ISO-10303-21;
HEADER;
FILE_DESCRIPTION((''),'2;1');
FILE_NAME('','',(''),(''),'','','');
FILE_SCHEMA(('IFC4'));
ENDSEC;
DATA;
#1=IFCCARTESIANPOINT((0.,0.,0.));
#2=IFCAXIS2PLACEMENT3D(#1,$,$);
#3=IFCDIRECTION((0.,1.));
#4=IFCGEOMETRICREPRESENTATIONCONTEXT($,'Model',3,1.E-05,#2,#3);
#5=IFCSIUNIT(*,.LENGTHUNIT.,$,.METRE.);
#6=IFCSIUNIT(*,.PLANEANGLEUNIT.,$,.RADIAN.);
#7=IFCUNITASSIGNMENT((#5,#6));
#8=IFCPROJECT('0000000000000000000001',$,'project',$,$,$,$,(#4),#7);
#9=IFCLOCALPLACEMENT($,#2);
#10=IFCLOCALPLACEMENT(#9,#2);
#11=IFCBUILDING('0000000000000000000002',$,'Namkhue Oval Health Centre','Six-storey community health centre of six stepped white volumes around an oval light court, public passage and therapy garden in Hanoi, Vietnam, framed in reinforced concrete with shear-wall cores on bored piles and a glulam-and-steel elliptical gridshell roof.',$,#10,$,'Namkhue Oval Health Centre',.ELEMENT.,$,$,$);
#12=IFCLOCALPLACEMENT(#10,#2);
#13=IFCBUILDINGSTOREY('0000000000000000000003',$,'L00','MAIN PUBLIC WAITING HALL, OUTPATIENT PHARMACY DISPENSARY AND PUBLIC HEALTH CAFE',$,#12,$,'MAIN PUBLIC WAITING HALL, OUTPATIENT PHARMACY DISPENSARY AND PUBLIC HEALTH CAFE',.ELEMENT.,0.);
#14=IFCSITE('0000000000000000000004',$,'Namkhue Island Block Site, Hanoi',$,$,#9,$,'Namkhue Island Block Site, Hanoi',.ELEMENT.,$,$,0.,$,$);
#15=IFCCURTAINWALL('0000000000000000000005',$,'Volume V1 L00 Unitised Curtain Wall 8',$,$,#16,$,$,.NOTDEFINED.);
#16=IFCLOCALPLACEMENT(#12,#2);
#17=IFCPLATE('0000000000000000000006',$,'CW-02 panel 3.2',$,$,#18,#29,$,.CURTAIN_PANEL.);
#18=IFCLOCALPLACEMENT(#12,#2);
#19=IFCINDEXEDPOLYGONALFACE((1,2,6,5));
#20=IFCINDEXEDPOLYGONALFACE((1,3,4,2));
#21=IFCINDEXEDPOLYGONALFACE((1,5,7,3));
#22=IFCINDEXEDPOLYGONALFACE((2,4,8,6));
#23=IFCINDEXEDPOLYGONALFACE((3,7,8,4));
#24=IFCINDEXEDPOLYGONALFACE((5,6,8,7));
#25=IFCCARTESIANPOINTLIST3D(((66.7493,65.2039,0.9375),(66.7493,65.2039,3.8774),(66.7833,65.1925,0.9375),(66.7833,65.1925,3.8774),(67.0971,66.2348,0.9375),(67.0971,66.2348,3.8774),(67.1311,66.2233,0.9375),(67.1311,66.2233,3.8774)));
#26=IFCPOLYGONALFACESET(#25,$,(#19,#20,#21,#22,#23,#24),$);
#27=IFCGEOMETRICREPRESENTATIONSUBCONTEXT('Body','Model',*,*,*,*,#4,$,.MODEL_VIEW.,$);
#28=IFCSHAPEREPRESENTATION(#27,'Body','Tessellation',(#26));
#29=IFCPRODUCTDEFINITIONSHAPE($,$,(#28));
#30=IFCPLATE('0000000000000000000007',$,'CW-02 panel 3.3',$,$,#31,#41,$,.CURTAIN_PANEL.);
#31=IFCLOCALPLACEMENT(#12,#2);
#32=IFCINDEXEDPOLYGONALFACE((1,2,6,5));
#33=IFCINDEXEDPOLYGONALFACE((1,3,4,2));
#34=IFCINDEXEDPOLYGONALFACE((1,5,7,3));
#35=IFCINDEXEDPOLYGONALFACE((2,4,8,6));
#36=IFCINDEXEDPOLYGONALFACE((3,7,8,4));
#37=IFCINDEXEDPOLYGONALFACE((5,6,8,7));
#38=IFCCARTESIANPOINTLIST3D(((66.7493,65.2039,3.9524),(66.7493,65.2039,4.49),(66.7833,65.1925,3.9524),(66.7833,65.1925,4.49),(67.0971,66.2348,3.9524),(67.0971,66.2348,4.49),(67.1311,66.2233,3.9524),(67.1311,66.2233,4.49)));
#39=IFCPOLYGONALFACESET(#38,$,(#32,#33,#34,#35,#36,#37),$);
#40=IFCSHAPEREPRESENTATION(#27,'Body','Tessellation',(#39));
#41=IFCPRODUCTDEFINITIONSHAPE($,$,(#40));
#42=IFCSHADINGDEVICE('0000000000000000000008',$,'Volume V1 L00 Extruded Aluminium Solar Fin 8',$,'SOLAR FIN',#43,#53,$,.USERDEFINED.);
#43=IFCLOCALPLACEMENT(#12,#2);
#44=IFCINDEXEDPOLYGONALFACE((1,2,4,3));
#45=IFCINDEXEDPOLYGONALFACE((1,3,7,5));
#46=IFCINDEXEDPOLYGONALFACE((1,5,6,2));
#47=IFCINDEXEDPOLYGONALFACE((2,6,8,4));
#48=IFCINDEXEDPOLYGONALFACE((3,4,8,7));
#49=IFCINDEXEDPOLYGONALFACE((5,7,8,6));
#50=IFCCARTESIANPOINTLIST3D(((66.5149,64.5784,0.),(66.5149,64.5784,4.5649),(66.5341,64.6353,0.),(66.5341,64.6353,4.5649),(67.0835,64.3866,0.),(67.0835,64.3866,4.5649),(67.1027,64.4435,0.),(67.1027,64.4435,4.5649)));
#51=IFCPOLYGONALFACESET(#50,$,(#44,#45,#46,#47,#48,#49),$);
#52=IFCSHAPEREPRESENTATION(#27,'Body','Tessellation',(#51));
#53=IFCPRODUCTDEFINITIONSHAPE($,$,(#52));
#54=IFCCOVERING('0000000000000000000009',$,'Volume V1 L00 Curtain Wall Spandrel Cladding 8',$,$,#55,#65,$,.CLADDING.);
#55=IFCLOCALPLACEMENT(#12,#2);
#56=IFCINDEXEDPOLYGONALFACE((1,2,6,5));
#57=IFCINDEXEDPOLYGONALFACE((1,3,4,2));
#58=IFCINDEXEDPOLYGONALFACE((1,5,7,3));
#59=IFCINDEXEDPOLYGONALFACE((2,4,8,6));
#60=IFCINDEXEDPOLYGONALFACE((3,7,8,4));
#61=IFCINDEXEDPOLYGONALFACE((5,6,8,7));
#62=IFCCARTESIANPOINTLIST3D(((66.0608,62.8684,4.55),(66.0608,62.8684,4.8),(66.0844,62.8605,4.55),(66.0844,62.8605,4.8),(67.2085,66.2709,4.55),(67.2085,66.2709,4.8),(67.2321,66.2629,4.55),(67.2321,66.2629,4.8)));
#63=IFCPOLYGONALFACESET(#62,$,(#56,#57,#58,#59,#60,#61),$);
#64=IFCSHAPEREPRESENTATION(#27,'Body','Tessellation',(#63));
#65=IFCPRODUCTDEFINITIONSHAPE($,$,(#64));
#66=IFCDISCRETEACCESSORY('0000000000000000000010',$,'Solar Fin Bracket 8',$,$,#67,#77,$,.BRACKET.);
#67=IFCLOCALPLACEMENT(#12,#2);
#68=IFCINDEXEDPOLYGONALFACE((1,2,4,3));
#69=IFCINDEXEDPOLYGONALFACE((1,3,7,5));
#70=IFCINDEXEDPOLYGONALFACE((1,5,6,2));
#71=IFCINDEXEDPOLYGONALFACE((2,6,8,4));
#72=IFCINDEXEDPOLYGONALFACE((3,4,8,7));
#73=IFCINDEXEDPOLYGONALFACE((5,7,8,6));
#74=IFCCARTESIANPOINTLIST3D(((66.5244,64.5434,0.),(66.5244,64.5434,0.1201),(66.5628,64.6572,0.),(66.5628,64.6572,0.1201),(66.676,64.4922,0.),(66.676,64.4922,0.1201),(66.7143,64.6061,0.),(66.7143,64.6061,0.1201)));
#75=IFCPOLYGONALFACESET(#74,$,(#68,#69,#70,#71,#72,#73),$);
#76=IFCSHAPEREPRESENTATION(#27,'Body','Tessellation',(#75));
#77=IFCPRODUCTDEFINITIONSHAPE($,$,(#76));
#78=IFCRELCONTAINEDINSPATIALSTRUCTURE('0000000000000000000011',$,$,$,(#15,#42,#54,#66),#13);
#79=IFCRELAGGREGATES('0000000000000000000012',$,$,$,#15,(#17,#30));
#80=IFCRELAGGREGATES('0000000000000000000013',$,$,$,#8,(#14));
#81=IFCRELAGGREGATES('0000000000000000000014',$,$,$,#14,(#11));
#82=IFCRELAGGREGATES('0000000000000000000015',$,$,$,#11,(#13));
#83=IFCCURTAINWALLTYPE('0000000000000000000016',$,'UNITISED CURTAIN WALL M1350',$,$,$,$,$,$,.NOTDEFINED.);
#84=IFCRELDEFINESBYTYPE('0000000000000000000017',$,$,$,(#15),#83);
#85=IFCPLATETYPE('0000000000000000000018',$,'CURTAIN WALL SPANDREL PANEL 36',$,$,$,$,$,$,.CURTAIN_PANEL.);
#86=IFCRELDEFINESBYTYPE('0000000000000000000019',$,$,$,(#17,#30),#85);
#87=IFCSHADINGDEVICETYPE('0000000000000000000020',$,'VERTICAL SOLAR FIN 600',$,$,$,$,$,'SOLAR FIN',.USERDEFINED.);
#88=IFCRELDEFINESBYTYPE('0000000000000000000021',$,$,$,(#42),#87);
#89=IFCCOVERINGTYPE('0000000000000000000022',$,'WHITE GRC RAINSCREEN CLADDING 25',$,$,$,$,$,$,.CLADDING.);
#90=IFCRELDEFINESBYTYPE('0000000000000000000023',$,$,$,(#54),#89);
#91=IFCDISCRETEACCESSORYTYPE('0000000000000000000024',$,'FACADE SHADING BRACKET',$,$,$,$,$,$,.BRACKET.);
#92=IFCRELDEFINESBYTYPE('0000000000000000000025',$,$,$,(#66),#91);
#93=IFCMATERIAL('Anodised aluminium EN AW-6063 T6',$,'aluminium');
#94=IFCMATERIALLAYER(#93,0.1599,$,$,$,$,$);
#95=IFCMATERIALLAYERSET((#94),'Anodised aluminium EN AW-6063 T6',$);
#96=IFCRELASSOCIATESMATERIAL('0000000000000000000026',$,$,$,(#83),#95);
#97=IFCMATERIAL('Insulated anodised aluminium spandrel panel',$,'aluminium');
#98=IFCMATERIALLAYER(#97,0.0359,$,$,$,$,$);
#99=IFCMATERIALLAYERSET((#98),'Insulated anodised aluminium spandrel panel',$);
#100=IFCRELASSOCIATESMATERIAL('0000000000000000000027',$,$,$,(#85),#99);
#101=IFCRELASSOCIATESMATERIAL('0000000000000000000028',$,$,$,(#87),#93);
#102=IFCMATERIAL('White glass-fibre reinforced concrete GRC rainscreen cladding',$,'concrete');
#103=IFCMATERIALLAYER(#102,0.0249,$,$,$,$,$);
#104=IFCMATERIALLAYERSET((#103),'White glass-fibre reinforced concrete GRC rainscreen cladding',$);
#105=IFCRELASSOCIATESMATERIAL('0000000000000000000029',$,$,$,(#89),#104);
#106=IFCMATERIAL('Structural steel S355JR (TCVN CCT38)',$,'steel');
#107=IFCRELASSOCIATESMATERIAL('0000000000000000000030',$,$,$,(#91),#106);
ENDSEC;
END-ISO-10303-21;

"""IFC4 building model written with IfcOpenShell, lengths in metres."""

from ifc_helpers import new_model, si_unit, direction, frame, origin, origin_2d, place, context, subcontext, project, spatial, rectangle, extrude, material, layer, layer_set, type_object, element, aggregate, save


model = new_model("IFC4")

# Units and contexts
model_context = context("Model", 3, precision=1e-05, world=origin(), true_north=direction((0.0, 1.0)))
body_context = subcontext(model_context, "Body", "Model", "MODEL_VIEW")
ifc_project = project(units=[si_unit("LENGTHUNIT", "METRE"), si_unit("PLANEANGLEUNIT", "RADIAN")], contexts=[model_context])

# Site, building, storey
site_placement = place(None, origin())
site = spatial("IfcSite", under=ifc_project, at=site_placement, Name="Namkhue Island Block Site, Hanoi", LongName="Namkhue Island Block Site, Hanoi", CompositionType="ELEMENT", RefElevation=0.0)
building_placement = place(site_placement, origin())
building = spatial("IfcBuilding", under=site, at=building_placement, Name="Namkhue Oval Health Centre", Description="Six-storey community health centre of six stepped white volumes around an oval light court, public passage and therapy garden in Hanoi, Vietnam, framed in reinforced concrete with shear-wall cores on bored piles and a glulam-and-steel elliptical gridshell roof.", LongName="Namkhue Oval Health Centre", CompositionType="ELEMENT")
storey_placement = place(building_placement, origin())
storey = spatial("IfcBuildingStorey", under=building, at=storey_placement, Name="L00", Description="MAIN PUBLIC WAITING HALL, OUTPATIENT PHARMACY DISPENSARY AND PUBLIC HEALTH CAFE", LongName="MAIN PUBLIC WAITING HALL, OUTPATIENT PHARMACY DISPENSARY AND PUBLIC HEALTH CAFE", CompositionType="ELEMENT", Elevation=0.0)

# Curtain wall
ifc_material_1 = material(Name="Anodised aluminium EN AW-6063 T6", Category="aluminium")
ifc_layer_1 = layer(ifc_material_1, 0.1599)
ifc_layer_set_1 = layer_set([ifc_layer_1], Name="Anodised aluminium EN AW-6063 T6")
curtain_wall_type_1 = type_object("IfcCurtainWallType", Name="UNITISED CURTAIN WALL M1350", PredefinedType="NOTDEFINED", material=ifc_layer_set_1)
curtain_wall_1_placement = place(storey_placement, origin())
curtain_wall_1 = element("IfcCurtainWall", 1, at=curtain_wall_1_placement, inside=storey, type_object=curtain_wall_type_1, Name="Volume V1 L00 Unitised Curtain Wall 8", PredefinedType="NOTDEFINED")

# Plates
ifc_material_2 = material(Name="Insulated anodised aluminium spandrel panel", Category="aluminium")
ifc_layer_2 = layer(ifc_material_2, 0.0359)
ifc_layer_set_2 = layer_set([ifc_layer_2], Name="Insulated anodised aluminium spandrel panel")
plate_type_1 = type_object("IfcPlateType", Name="CURTAIN WALL SPANDREL PANEL 36", PredefinedType="CURTAIN_PANEL", material=ifc_layer_set_2)
plate_1_placement = place(storey_placement, frame((66.9402, 65.7136, 0.9375), z_axis=(0.0, 0.0, 1.0), x_axis=(0.319642, 0.947539, 0.0)))
plate_1 = element("IfcPlate", 2, at=plate_1_placement, type_object=plate_type_1, Name="CW-02 panel 3.2", PredefinedType="CURTAIN_PANEL", context=body_context, shape_type="SweptSolid", body=[
    extrude(rectangle(XDim=1.0879, YDim=0.0359, at=origin_2d()), origin(), (0.0, 0.0, 1.0), 2.9399),
])
plate_2_placement = place(storey_placement, frame((66.9402, 65.7136, 3.9524), z_axis=(0.0, 0.0, 1.0), x_axis=(0.319642, 0.947539, 0.0)))
plate_2 = element("IfcPlate", 3, at=plate_2_placement, type_object=plate_type_1, Name="CW-02 panel 3.3", PredefinedType="CURTAIN_PANEL", context=body_context, shape_type="SweptSolid", body=[
    extrude(rectangle(XDim=1.0879, YDim=0.0359, at=origin_2d()), origin(), (0.0, 0.0, 1.0), 0.5376),
])
aggregate(curtain_wall_1, [plate_1, plate_2])

# Shading device
shading_device_type = type_object("IfcShadingDeviceType", Name="VERTICAL SOLAR FIN 600", ElementType="SOLAR FIN", PredefinedType="USERDEFINED", material=ifc_material_1)
shading_device_placement = place(storey_placement, frame((66.8088, 64.511, 0.0), z_axis=(0.0, 0.0, 1.0), x_axis=(0.947546, -0.319621, 0.0)))
element("IfcShadingDevice", 4, at=shading_device_placement, inside=storey, type_object=shading_device_type, Name="Volume V1 L00 Extruded Aluminium Solar Fin 8", ObjectType="SOLAR FIN", PredefinedType="USERDEFINED", context=body_context, shape_type="SweptSolid", body=[
    extrude(rectangle(XDim=0.6001, YDim=0.0601, at=origin_2d()), origin(), (0.0, 0.0, 1.0), 4.5649),
])

# Covering
ifc_material_3 = material(Name="White glass-fibre reinforced concrete GRC rainscreen cladding", Category="concrete")
ifc_layer_3 = layer(ifc_material_3, 0.0249)
ifc_layer_set_3 = layer_set([ifc_layer_3], Name="White glass-fibre reinforced concrete GRC rainscreen cladding")
covering_type = type_object("IfcCoveringType", Name="WHITE GRC RAINSCREEN CLADDING 25", PredefinedType="CLADDING", material=ifc_layer_set_3)
covering_placement = place(storey_placement, frame((66.6465, 64.5657, 4.55), z_axis=(0.0, 0.0, 1.0), x_axis=(0.319621, 0.947546, 0.0)))
element("IfcCovering", 5, at=covering_placement, inside=storey, type_object=covering_type, Name="Volume V1 L00 Curtain Wall Spandrel Cladding 8", PredefinedType="CLADDING", context=body_context, shape_type="SweptSolid", body=[
    extrude(rectangle(XDim=3.5908, YDim=0.0249, at=origin_2d()), origin(), (0.0, 0.0, 1.0), 0.25),
])

# Discrete accessory
ifc_material_4 = material(Name="Structural steel S355JR (TCVN CCT38)", Category="steel")
discrete_accessory_type = type_object("IfcDiscreteAccessoryType", Name="FACADE SHADING BRACKET", PredefinedType="BRACKET", material=ifc_material_4)
discrete_accessory_placement = place(storey_placement, frame((66.6194, 64.5747, 0.0), z_axis=(0.0, 0.0, 1.0), x_axis=(0.947546, -0.319621, 0.0)))
element("IfcDiscreteAccessory", 6, at=discrete_accessory_placement, inside=storey, type_object=discrete_accessory_type, Name="Solar Fin Bracket 8", PredefinedType="BRACKET", context=body_context, shape_type="SweptSolid", body=[
    extrude(rectangle(XDim=0.1599, YDim=0.1201, at=origin_2d()), origin(), (0.0, 0.0, 1.0), 0.1201),
])

save(model, "model.ifc")
